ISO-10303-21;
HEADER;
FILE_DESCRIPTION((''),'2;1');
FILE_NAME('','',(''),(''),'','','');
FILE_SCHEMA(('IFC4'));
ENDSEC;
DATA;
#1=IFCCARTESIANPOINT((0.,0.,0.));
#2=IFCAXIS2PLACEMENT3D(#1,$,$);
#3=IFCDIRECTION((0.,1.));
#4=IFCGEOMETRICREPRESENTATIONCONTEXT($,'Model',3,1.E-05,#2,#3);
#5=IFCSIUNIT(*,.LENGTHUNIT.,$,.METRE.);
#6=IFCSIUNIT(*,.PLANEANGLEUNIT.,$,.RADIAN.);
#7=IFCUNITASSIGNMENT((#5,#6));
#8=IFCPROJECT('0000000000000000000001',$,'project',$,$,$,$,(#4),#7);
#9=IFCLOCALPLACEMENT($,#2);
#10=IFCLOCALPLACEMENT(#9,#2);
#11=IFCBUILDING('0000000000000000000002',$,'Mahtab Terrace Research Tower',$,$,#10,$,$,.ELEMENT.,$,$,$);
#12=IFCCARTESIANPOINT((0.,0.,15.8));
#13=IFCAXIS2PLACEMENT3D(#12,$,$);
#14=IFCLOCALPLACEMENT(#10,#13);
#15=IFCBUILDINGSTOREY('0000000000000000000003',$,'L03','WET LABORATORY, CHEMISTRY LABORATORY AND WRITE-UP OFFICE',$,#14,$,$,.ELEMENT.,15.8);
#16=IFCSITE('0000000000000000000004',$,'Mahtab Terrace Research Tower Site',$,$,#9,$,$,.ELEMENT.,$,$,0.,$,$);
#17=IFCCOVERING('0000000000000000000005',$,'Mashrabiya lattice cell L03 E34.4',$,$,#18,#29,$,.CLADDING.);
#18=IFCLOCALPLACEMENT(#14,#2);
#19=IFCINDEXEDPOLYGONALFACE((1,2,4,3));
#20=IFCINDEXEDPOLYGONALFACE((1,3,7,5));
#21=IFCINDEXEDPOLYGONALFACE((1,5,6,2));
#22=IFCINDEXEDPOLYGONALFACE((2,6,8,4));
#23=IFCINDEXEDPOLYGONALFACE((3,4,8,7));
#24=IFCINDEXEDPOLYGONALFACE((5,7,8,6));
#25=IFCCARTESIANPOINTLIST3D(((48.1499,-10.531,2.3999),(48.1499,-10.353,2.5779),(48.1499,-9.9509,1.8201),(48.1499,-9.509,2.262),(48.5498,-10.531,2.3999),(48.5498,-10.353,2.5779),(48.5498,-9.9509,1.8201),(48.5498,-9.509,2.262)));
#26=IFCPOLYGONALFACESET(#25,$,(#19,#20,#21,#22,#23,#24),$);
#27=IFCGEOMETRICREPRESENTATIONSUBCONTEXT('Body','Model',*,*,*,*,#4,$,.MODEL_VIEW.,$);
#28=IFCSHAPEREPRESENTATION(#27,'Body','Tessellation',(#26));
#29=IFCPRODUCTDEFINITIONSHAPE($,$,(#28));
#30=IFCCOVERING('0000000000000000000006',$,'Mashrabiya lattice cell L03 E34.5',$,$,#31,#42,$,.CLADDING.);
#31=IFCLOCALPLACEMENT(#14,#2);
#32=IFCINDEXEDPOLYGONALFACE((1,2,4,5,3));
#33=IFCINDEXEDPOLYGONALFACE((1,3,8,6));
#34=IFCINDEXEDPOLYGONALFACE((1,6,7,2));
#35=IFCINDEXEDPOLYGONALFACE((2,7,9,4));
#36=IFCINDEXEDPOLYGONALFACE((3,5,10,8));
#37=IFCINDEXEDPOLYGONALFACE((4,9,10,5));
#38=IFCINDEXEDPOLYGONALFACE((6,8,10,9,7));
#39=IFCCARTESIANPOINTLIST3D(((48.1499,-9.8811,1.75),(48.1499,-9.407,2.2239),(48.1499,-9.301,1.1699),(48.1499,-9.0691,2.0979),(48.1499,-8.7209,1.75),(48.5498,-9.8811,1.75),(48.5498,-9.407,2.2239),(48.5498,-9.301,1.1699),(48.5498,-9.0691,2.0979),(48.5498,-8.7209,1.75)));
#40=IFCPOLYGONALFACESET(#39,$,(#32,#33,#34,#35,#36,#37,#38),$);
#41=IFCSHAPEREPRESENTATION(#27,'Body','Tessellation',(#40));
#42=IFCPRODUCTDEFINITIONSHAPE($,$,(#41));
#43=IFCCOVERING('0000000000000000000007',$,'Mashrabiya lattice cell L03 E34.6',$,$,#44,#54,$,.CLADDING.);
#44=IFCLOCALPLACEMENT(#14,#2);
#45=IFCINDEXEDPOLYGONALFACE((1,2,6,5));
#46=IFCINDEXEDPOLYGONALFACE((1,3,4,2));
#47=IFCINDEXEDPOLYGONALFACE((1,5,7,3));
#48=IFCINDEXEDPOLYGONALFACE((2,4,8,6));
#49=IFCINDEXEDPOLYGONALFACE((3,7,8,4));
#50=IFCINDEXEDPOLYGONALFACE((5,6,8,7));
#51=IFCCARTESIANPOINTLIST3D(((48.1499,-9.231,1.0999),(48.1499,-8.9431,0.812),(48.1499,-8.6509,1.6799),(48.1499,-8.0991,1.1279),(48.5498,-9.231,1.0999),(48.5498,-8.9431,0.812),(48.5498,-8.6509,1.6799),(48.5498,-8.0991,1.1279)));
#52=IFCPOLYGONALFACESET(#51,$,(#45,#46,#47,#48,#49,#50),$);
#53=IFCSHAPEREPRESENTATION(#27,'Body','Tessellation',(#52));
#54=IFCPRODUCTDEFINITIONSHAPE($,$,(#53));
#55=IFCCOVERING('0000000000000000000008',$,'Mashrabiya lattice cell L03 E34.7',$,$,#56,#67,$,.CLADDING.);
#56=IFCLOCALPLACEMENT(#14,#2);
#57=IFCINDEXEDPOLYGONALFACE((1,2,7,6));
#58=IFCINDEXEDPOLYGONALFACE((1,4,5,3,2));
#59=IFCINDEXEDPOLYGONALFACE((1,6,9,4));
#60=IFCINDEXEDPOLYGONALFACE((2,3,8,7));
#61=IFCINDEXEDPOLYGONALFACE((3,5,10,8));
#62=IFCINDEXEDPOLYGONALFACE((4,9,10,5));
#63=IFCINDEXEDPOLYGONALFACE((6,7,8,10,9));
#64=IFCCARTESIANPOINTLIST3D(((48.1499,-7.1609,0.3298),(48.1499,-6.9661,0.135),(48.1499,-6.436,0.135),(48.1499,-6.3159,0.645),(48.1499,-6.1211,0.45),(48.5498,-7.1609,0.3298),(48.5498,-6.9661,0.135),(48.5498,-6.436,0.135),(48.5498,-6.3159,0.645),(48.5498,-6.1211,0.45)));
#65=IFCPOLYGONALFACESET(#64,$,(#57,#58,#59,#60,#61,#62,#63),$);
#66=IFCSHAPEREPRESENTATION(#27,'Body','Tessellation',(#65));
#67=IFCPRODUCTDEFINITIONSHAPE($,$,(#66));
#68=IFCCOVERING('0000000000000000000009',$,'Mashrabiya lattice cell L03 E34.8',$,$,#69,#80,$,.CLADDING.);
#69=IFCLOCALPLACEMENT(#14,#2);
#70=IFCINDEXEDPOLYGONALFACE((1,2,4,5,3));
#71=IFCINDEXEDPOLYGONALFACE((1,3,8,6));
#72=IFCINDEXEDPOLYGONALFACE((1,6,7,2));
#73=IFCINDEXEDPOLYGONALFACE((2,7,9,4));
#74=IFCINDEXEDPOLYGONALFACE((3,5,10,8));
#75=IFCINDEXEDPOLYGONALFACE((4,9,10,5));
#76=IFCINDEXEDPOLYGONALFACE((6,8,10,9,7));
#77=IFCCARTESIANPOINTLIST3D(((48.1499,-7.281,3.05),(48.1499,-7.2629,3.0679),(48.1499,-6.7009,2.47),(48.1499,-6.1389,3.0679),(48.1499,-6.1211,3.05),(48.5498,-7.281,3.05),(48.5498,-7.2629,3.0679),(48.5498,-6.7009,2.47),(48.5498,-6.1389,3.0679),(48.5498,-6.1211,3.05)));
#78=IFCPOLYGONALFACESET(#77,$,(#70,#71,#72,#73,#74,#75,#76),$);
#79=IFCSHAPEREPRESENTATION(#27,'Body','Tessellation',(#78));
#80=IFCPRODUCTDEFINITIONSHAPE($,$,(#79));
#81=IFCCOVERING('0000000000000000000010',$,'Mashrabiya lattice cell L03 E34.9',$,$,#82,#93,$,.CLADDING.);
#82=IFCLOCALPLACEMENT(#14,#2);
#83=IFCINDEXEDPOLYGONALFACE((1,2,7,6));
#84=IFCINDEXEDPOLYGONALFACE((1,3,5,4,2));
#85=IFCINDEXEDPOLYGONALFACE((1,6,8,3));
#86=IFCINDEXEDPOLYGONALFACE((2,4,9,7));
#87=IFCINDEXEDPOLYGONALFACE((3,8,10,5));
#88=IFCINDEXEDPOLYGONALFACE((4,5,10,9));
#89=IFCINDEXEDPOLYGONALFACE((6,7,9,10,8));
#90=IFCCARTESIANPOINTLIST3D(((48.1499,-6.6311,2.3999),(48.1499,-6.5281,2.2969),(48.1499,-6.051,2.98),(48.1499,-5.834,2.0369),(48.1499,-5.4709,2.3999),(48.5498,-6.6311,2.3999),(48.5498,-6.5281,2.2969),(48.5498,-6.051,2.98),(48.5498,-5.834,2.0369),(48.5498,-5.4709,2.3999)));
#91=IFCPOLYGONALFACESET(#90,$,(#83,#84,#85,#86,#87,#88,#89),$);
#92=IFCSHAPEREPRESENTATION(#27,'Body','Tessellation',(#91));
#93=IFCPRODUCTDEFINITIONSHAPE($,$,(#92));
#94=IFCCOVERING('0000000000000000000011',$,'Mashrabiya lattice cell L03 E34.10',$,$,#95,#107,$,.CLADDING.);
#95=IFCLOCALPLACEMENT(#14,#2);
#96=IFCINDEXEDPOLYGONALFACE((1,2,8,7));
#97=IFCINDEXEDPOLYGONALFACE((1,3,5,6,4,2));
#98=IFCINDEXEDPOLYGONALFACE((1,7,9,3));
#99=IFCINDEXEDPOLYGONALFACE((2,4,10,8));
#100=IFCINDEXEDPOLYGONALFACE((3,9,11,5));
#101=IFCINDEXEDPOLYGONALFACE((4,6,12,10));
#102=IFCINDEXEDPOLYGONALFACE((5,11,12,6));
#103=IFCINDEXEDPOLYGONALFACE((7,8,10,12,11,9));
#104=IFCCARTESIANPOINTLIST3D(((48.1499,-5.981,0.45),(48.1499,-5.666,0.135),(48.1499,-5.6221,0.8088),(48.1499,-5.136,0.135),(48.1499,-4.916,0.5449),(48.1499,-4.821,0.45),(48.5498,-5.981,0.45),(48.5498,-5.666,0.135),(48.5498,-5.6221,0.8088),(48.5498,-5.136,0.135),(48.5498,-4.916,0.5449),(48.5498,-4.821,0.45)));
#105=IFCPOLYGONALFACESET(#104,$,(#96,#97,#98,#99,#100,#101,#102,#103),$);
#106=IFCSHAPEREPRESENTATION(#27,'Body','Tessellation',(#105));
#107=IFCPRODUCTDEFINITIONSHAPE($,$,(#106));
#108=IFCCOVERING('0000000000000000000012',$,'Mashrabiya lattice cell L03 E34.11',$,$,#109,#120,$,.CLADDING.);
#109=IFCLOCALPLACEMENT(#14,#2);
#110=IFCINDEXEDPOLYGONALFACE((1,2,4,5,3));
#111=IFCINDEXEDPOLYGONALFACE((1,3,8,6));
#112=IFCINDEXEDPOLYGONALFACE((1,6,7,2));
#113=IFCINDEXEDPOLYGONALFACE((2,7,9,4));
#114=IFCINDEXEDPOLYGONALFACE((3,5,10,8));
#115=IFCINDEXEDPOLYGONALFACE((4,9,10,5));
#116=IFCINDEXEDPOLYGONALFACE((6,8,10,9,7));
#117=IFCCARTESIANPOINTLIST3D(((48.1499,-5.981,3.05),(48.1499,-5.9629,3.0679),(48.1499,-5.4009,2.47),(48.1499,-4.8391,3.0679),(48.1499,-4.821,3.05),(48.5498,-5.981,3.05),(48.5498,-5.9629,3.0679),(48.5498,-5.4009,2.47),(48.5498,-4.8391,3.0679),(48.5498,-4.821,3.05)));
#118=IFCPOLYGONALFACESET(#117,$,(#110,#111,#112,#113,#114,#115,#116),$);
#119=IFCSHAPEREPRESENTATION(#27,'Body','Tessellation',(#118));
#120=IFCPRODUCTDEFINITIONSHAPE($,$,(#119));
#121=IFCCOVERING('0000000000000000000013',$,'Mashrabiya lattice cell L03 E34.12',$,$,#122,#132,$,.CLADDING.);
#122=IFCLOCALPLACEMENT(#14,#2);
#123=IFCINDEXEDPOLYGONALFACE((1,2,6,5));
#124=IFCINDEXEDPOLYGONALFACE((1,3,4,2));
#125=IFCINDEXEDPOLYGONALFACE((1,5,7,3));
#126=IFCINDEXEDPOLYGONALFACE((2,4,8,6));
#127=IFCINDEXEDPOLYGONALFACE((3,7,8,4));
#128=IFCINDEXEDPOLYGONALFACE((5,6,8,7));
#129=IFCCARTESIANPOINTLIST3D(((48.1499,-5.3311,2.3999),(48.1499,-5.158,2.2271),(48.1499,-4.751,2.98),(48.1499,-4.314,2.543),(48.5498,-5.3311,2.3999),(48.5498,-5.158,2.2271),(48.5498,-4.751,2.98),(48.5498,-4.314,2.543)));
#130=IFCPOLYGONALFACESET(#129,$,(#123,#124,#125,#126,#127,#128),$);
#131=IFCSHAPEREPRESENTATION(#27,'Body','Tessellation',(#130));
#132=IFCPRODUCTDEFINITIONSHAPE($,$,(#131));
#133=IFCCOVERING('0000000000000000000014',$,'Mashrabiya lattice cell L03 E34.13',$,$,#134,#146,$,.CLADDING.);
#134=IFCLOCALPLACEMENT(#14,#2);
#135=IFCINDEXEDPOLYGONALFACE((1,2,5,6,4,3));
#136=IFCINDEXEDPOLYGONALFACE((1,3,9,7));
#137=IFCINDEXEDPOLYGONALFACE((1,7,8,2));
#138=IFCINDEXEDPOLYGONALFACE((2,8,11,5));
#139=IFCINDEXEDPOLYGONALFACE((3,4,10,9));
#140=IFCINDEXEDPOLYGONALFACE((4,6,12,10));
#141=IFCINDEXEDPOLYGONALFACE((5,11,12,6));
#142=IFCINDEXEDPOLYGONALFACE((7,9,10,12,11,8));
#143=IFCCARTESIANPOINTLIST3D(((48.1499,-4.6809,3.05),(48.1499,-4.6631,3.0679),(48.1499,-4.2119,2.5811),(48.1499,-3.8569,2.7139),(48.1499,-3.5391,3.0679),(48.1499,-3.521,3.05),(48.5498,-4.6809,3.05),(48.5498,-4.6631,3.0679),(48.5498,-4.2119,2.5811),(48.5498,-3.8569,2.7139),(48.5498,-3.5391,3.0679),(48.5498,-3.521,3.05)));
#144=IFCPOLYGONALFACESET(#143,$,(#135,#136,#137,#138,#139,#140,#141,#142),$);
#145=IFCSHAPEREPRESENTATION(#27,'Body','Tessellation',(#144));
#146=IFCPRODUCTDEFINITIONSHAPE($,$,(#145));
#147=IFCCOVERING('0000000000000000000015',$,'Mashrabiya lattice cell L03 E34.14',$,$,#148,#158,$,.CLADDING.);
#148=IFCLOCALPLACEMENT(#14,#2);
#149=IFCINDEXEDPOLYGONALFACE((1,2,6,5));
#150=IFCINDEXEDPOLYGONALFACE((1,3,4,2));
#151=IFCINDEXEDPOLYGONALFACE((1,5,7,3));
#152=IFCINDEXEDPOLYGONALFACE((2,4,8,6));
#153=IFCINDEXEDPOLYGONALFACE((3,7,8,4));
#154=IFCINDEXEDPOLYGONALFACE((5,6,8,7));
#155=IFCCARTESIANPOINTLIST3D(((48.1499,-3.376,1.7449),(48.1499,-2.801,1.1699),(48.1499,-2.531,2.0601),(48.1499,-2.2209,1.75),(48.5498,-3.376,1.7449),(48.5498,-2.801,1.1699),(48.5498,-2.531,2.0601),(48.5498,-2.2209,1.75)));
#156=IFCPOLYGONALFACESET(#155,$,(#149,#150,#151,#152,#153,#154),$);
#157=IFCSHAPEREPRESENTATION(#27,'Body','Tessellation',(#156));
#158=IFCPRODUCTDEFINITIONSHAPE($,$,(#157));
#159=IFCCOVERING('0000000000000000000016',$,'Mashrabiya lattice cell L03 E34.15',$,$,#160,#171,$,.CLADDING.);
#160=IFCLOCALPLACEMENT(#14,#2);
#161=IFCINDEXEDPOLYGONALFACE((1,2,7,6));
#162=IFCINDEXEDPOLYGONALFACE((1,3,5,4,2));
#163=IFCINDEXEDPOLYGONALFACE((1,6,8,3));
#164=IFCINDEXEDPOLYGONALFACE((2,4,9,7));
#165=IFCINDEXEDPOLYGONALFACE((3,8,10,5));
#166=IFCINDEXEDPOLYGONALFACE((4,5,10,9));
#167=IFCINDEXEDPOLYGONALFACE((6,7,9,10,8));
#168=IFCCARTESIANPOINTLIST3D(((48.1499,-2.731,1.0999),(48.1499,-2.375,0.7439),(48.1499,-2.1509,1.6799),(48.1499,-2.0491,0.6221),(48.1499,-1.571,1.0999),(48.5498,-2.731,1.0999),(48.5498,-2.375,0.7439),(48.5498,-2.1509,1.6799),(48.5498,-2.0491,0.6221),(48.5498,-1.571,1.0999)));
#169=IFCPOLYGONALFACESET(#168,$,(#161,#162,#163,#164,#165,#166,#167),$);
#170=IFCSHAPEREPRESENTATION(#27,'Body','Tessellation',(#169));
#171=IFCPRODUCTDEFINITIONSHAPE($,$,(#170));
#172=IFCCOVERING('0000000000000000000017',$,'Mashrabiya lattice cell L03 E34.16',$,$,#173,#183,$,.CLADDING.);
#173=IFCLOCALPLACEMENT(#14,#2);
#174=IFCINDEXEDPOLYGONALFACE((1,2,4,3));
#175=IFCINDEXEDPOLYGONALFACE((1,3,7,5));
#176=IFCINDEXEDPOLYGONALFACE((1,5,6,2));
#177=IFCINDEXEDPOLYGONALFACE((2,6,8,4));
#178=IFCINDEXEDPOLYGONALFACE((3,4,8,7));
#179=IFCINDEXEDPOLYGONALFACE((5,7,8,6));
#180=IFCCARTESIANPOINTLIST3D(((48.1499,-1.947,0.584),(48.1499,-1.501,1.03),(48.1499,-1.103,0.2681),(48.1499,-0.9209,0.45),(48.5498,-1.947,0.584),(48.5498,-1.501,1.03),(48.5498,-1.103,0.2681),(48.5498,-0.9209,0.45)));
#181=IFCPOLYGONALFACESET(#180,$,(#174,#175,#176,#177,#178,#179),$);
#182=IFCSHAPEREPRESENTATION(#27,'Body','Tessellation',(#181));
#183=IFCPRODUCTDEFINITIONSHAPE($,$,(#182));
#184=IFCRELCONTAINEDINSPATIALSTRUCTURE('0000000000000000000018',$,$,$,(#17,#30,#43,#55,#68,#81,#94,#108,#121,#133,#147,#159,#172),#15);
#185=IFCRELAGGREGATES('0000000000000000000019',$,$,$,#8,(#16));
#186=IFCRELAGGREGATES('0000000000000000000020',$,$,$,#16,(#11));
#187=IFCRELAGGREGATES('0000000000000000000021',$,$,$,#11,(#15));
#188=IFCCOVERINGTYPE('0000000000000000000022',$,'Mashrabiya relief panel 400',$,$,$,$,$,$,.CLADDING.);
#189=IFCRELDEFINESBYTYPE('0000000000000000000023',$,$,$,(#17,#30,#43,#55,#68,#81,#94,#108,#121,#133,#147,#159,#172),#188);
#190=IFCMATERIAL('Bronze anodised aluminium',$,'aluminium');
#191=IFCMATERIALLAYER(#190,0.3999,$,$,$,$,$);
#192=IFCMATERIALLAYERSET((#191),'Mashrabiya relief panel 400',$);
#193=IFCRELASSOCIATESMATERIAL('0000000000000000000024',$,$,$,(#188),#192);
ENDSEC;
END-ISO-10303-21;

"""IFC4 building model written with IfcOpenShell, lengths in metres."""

from ifc_helpers import new_model, si_unit, direction, frame, origin, place, context, subcontext, project, spatial, polyline, outline, extrude, material, layer, layer_set, type_object, element, save


model = new_model("IFC4")

# Units and contexts
model_context = context("Model", 3, precision=1e-05, world=origin(), true_north=direction((0.0, 1.0)))
body_context = subcontext(model_context, "Body", "Model", "MODEL_VIEW")
ifc_project = project(units=[si_unit("LENGTHUNIT", "METRE"), si_unit("PLANEANGLEUNIT", "RADIAN")], contexts=[model_context])

# Site, building, storey
site_placement = place(None, origin())
site = spatial("IfcSite", under=ifc_project, at=site_placement, Name="Mahtab Terrace Research Tower Site", CompositionType="ELEMENT", RefElevation=0.0)
building_placement = place(site_placement, origin())
building = spatial("IfcBuilding", under=site, at=building_placement, Name="Mahtab Terrace Research Tower", CompositionType="ELEMENT")
storey_placement = place(building_placement, frame((0.0, 0.0, 15.8)))
storey = spatial("IfcBuildingStorey", under=building, at=storey_placement, Name="L03", Description="WET LABORATORY, CHEMISTRY LABORATORY AND WRITE-UP OFFICE", CompositionType="ELEMENT", Elevation=15.8)

# Coverings
ifc_material = material(Name="Bronze anodised aluminium", Category="aluminium")
ifc_layer = layer(ifc_material, 0.3999)
ifc_layer_set = layer_set([ifc_layer], Name="Mashrabiya relief panel 400")
covering_type = type_object("IfcCoveringType", Name="Mashrabiya relief panel 400", PredefinedType="CLADDING", material=ifc_layer_set)
covering_1_placement = place(storey_placement, frame((48.1499, -9.9509, 1.8201), z_axis=(-1.0, 0.0, 0.0), x_axis=(0.0, -0.707256, 0.706958)))
element("IfcCovering", 1, at=covering_1_placement, inside=storey, type_object=covering_type, Name="Mashrabiya lattice cell L03 E34.4", PredefinedType="CLADDING", context=body_context, shape_type="SweptSolid", body=[
    extrude(outline(polyline([(0.0, 0.0), (0.8202, 0.0), (0.8201, 0.2517), (-0.0001, 0.6249), (0.0, 0.0)])), origin(), (0.0, 0.0, -1.0), 0.3999),
])
covering_2_placement = place(storey_placement, frame((48.1499, -8.7209, 1.75), z_axis=(-1.0, 0.0, 0.0), x_axis=(0.0, -0.707107, -0.707107)))
element("IfcCovering", 2, at=covering_2_placement, inside=storey, type_object=covering_type, Name="Mashrabiya lattice cell L03 E34.5", PredefinedType="CLADDING", context=body_context, shape_type="SweptSolid", body=[
    extrude(outline(polyline([(0.0, 0.0), (0.8204, 0.0), (0.8204, 0.8204), (0.15, 0.8202), (0.0002, 0.4922), (0.0, 0.0)])), origin(), (0.0, 0.0, -1.0), 0.3999),
])
covering_3_placement = place(storey_placement, frame((48.1499, -9.231, 1.0999), z_axis=(-1.0, 0.0, 0.0), x_axis=(0.0, 0.707107, 0.707107)))
element("IfcCovering", 3, at=covering_3_placement, inside=storey, type_object=covering_type, Name="Mashrabiya lattice cell L03 E34.6", PredefinedType="CLADDING", context=body_context, shape_type="SweptSolid", body=[
    extrude(outline(polyline([(0.0, 0.0), (0.8204, 0.0), (0.8202, 0.7805), (0.0, 0.4071), (0.0, 0.0)])), origin(), (0.0, 0.0, -1.0), 0.3999),
])
covering_4_placement = place(storey_placement, frame((48.1499, -7.1609, 0.3298), z_axis=(-1.0, 0.0, 0.0), x_axis=(0.0, 0.93694, 0.349491)))
element("IfcCovering", 4, at=covering_4_placement, inside=storey, type_object=covering_type, Name="Mashrabiya lattice cell L03 E34.7", PredefinedType="CLADDING", context=body_context, shape_type="SweptSolid", body=[
    extrude(outline(polyline([(0.0, 0.0), (0.9018, 0.0), (1.0162, 0.2509), (0.6111, 0.4359), (0.1144, 0.2506), (0.0, 0.0)])), origin(), (0.0, 0.0, -1.0), 0.3999),
])
covering_5_placement = place(storey_placement, frame((48.1499, -6.1211, 3.05), z_axis=(-1.0, 0.0, 0.0), x_axis=(0.0, -0.706958, -0.707256)))
element("IfcCovering", 5, at=covering_5_placement, inside=storey, type_object=covering_type, Name="Mashrabiya lattice cell L03 E34.8", PredefinedType="CLADDING", context=body_context, shape_type="SweptSolid", body=[
    extrude(outline(polyline([(0.0, 0.0), (0.8202, 0.0), (0.82, 0.8204), (0.7946, 0.8202), (0.0, 0.0252), (0.0, 0.0)])), origin(), (0.0, 0.0, -1.0), 0.3999),
])
covering_6_placement = place(storey_placement, frame((48.1499, -6.6311, 2.3999), z_axis=(-1.0, 0.0, 0.0), x_axis=(0.0, 0.707107, 0.707107)))
element("IfcCovering", 6, at=covering_6_placement, inside=storey, type_object=covering_type, Name="Mashrabiya lattice cell L03 E34.9", PredefinedType="CLADDING", context=body_context, shape_type="SweptSolid", body=[
    extrude(outline(polyline([(0.0, 0.0), (0.8204, 0.0), (0.8204, 0.8204), (0.3069, 0.8204), (0.0, 0.1457), (0.0, 0.0)])), origin(), (0.0, 0.0, -1.0), 0.3999),
])
covering_7_placement = place(storey_placement, frame((48.1499, -5.981, 0.45), z_axis=(-1.0, 0.0, 0.0), x_axis=(0.0, 0.707107, 0.707107)))
element("IfcCovering", 7, at=covering_7_placement, inside=storey, type_object=covering_type, Name="Mashrabiya lattice cell L03 E34.10", PredefinedType="CLADDING", context=body_context, shape_type="SweptSolid", body=[
    extrude(outline(polyline([(0.0, 0.0), (0.5075, 0.0), (0.8202, 0.6859), (0.8202, 0.8202), (0.3748, 0.8202), (0.0, 0.4454), (0.0, 0.0)])), origin(), (0.0, 0.0, -1.0), 0.3999),
])
covering_8_placement = place(storey_placement, frame((48.1499, -4.821, 3.05), z_axis=(-1.0, 0.0, 0.0), x_axis=(0.0, -0.706958, -0.707256)))
element("IfcCovering", 8, at=covering_8_placement, inside=storey, type_object=covering_type, Name="Mashrabiya lattice cell L03 E34.11", PredefinedType="CLADDING", context=body_context, shape_type="SweptSolid", body=[
    extrude(outline(polyline([(0.0, 0.0), (0.8202, 0.0), (0.82, 0.8204), (0.7946, 0.8202), (0.0002, 0.0254), (0.0, 0.0)])), origin(), (0.0, 0.0, -1.0), 0.3999),
])
covering_9_placement = place(storey_placement, frame((48.1499, -5.3311, 2.3999), z_axis=(-1.0, 0.0, 0.0), x_axis=(0.0, 0.707107, 0.707107)))
element("IfcCovering", 9, at=covering_9_placement, inside=storey, type_object=covering_type, Name="Mashrabiya lattice cell L03 E34.12", PredefinedType="CLADDING", context=body_context, shape_type="SweptSolid", body=[
    extrude(outline(polyline([(0.0, 0.0), (0.8204, 0.0), (0.8204, 0.618), (0.0002, 0.2446), (0.0, 0.0)])), origin(), (0.0, 0.0, -1.0), 0.3999),
])
covering_10_placement = place(storey_placement, frame((48.1499, -4.6809, 3.05), z_axis=(-1.0, 0.0, 0.0), x_axis=(0.0, 0.707107, 0.707107)))
element("IfcCovering", 10, at=covering_10_placement, inside=storey, type_object=covering_type, Name="Mashrabiya lattice cell L03 E34.13", PredefinedType="CLADDING", context=body_context, shape_type="SweptSolid", body=[
    extrude(outline(polyline([(0.0, 0.0), (0.0252, 0.0), (0.82, 0.7948), (0.8202, 0.8202), (0.3449, 0.8204), (0.0, 0.6633), (0.0, 0.0)])), origin(), (0.0, 0.0, -1.0), 0.3999),
])
covering_11_placement = place(storey_placement, frame((48.1499, -2.2209, 1.75), z_axis=(-1.0, 0.0, 0.0), x_axis=(0.0, -0.707107, -0.707107)))
element("IfcCovering", 11, at=covering_11_placement, inside=storey, type_object=covering_type, Name="Mashrabiya lattice cell L03 E34.14", PredefinedType="CLADDING", context=body_context, shape_type="SweptSolid", body=[
    extrude(outline(polyline([(0.0, 0.0), (0.8204, 0.0), (0.8204, 0.8131), (0.0, 0.4385), (0.0, 0.0)])), origin(), (0.0, 0.0, -1.0), 0.3999),
])
covering_12_placement = place(storey_placement, frame((48.1499, -2.731, 1.0999), z_axis=(-1.0, 0.0, 0.0), x_axis=(0.0, 0.707107, 0.707107)))
element("IfcCovering", 12, at=covering_12_placement, inside=storey, type_object=covering_type, Name="Mashrabiya lattice cell L03 E34.15", PredefinedType="CLADDING", context=body_context, shape_type="SweptSolid", body=[
    extrude(outline(polyline([(0.0, 0.0), (0.8204, 0.0), (0.8202, 0.8202), (0.1443, 0.82), (0.0, 0.5034), (0.0, 0.0)])), origin(), (0.0, 0.0, -1.0), 0.3999),
])
covering_13_placement = place(storey_placement, frame((48.1499, -1.501, 1.03), z_axis=(-1.0, 0.0, 0.0), x_axis=(0.0, 0.707107, -0.707107)))
element("IfcCovering", 13, at=covering_13_placement, inside=storey, type_object=covering_type, Name="Mashrabiya lattice cell L03 E34.16", PredefinedType="CLADDING", context=body_context, shape_type="SweptSolid", body=[
    extrude(outline(polyline([(0.0, 0.0), (0.8204, 0.0), (0.8202, 0.2574), (0.0, 0.6308), (0.0, 0.0)])), origin(), (0.0, 0.0, -1.0), 0.3999),
])

save(model, "model.ifc")
